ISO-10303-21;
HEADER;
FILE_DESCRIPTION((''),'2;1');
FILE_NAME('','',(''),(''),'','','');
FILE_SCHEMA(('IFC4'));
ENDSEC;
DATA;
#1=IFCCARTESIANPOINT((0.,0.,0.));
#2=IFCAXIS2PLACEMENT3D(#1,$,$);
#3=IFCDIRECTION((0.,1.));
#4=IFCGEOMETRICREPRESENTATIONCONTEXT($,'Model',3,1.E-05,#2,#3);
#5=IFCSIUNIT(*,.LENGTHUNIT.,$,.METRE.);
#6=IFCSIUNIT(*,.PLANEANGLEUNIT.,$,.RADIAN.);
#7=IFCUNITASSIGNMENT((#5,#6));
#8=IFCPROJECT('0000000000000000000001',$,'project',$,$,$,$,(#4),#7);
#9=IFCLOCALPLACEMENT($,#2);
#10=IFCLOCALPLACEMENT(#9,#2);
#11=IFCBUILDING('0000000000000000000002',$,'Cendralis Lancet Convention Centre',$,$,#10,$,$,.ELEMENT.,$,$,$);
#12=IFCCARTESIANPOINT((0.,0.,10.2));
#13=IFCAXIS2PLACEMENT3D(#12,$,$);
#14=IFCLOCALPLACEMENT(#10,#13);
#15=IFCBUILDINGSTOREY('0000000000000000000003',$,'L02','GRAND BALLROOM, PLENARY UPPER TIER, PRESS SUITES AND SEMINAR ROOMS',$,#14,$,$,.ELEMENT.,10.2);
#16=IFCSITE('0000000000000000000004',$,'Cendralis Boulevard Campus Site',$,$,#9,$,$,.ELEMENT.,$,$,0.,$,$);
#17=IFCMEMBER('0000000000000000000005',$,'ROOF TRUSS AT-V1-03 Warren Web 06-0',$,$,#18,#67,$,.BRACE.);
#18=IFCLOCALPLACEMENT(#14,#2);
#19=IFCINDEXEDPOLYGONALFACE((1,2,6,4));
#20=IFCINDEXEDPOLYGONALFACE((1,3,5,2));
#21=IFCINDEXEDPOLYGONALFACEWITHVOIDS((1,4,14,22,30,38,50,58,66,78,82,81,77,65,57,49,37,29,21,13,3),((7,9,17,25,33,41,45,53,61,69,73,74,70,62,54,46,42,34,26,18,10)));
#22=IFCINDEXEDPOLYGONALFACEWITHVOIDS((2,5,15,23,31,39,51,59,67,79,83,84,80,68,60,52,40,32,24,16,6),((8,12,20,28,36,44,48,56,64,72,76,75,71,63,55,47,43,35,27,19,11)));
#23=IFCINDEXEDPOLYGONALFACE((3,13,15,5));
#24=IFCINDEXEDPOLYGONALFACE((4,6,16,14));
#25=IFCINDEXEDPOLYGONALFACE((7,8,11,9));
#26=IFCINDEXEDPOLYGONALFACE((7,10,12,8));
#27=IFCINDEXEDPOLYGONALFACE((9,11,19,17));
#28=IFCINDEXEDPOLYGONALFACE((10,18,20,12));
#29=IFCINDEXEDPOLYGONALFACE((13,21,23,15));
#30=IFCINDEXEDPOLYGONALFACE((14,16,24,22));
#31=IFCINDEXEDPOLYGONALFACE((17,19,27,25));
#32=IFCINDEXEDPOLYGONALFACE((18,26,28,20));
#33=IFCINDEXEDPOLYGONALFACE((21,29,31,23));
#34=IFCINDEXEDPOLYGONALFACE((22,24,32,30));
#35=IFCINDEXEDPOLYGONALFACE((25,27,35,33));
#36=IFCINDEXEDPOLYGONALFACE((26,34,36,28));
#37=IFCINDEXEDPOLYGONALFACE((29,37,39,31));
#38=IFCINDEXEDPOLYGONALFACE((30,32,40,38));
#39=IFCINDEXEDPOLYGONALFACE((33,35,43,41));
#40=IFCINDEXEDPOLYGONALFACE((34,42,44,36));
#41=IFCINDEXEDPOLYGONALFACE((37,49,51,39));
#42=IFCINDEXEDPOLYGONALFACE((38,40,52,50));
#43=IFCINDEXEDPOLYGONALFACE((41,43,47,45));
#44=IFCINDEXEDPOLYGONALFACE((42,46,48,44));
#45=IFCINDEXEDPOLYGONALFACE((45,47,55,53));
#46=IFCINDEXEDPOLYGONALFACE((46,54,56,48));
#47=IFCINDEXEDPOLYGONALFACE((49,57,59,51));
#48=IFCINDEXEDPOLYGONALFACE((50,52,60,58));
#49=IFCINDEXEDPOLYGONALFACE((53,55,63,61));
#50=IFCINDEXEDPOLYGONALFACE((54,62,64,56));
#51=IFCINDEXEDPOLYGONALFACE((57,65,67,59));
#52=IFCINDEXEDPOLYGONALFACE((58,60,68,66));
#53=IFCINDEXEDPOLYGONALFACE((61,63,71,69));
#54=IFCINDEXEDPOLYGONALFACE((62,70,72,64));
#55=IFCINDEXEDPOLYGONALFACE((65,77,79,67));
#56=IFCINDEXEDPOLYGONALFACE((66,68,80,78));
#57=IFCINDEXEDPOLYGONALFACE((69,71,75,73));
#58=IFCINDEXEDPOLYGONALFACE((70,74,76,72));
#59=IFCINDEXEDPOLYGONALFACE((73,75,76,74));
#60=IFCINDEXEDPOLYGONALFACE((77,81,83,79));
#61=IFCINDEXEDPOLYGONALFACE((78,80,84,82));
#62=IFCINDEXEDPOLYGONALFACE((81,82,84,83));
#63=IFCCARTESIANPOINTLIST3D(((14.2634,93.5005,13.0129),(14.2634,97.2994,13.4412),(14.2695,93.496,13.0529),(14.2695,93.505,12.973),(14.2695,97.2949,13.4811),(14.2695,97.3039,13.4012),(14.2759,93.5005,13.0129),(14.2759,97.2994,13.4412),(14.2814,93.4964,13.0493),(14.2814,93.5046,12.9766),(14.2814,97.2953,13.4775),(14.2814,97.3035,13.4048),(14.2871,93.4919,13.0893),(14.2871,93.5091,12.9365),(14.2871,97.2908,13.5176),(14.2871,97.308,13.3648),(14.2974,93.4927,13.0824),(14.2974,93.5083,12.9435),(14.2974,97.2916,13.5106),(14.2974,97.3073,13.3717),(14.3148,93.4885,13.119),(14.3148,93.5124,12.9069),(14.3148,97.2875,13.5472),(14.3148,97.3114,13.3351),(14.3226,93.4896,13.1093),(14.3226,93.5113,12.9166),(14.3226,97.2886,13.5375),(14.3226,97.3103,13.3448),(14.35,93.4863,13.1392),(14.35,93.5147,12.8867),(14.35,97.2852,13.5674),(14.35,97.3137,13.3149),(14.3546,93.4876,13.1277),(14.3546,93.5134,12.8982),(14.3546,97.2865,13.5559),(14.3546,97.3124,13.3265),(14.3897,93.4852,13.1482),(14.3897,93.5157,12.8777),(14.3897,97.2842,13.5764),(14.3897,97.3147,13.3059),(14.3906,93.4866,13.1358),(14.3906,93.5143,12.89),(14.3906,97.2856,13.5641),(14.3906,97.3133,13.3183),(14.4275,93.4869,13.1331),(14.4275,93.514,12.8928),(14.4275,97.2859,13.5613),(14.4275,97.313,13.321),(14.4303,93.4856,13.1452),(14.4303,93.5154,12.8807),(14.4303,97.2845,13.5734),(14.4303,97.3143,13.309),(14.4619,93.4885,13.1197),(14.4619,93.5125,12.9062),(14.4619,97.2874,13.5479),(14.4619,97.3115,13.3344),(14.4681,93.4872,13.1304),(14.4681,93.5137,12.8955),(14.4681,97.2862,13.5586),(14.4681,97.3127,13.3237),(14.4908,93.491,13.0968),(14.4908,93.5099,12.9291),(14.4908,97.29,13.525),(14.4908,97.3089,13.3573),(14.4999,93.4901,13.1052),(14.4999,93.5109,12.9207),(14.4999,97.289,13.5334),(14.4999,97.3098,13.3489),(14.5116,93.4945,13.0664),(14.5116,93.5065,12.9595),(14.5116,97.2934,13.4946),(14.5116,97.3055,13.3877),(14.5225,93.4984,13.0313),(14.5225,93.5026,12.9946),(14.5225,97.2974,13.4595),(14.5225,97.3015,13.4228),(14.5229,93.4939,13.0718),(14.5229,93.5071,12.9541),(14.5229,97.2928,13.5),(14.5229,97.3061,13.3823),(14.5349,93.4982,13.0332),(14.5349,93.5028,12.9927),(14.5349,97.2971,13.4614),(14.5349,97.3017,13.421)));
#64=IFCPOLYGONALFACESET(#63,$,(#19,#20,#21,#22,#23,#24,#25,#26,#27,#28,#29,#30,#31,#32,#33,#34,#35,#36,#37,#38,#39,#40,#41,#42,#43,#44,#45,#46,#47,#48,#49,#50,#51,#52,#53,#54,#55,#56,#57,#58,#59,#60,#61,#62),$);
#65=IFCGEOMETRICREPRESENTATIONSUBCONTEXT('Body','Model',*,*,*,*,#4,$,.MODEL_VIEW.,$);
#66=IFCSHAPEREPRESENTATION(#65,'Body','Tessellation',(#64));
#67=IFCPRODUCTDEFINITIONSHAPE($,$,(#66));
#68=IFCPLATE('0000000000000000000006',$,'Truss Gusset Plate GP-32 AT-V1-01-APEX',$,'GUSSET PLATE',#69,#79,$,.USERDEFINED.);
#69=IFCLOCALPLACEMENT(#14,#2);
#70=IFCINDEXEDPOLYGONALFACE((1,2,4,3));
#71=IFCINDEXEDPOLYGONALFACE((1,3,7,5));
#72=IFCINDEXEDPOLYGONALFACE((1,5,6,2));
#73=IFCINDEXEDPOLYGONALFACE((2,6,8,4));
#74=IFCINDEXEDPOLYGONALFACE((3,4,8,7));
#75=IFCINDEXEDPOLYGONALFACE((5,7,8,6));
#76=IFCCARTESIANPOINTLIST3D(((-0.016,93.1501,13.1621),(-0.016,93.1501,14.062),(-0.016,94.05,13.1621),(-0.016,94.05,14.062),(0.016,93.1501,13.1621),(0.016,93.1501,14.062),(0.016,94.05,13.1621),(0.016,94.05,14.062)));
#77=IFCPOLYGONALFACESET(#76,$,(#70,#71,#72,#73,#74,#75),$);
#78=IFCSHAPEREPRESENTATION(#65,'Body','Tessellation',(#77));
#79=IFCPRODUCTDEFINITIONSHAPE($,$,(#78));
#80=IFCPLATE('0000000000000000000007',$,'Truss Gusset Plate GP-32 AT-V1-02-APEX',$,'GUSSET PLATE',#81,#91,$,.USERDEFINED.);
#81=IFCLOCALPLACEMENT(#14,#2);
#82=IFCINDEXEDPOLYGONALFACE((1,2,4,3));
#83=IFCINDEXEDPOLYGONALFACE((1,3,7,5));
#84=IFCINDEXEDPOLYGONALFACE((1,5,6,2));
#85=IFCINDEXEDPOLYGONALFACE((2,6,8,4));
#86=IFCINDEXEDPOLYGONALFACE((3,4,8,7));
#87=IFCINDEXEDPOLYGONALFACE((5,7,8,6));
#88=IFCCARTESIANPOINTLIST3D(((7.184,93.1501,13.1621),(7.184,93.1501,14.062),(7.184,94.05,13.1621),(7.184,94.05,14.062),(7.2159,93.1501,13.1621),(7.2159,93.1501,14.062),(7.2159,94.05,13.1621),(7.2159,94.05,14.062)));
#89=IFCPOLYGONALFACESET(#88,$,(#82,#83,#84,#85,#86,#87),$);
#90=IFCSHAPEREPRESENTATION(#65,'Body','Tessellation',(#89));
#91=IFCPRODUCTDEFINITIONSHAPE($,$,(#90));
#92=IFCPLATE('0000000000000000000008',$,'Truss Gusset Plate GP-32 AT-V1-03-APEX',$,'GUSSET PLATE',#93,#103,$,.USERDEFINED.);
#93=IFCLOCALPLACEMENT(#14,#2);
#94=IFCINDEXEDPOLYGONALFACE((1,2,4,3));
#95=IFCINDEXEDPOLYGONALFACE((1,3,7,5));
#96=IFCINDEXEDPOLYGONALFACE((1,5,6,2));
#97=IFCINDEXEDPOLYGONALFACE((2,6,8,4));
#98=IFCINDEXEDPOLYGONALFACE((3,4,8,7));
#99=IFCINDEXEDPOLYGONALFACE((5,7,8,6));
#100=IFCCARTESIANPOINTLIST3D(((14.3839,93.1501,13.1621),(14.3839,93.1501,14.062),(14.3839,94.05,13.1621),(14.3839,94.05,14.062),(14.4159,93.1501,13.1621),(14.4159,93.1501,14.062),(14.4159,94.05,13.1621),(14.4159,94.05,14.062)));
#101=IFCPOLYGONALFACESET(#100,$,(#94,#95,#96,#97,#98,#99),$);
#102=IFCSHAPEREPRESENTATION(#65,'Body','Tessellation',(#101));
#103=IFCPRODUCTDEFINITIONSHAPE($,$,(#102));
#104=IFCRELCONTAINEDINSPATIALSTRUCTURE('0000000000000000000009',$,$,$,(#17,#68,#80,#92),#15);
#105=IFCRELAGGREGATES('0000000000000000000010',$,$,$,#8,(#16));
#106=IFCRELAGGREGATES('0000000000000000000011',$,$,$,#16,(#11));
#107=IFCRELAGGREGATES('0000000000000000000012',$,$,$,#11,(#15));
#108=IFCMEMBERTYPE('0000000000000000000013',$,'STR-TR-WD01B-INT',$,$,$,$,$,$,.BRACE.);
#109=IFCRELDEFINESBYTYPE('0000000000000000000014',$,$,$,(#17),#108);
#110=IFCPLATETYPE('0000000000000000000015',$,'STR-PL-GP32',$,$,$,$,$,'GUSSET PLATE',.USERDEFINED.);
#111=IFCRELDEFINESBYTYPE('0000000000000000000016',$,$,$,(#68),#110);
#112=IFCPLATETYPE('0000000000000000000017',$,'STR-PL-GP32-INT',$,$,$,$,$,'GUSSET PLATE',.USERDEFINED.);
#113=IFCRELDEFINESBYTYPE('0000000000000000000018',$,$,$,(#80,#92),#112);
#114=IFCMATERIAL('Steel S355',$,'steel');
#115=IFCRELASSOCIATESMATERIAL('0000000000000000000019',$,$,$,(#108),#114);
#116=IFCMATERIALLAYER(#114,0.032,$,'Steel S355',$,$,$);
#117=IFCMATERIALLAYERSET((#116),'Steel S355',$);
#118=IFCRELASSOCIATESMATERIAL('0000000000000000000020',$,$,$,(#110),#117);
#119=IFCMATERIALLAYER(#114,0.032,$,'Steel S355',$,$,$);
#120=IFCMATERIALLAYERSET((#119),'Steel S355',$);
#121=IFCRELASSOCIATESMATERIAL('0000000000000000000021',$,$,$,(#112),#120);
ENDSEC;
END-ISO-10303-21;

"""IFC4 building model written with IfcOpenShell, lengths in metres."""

from ifc_helpers import new_model, si_unit, direction, frame, origin, origin_2d, place, context, subcontext, project, spatial, rectangle, hollow_circle, extrude, material, layer, layer_set, material_profile, profile_set, type_object, element, save


model = new_model("IFC4")

# Units and contexts
model_context = context("Model", 3, precision=1e-05, world=origin(), true_north=direction((0.0, 1.0)))
body_context = subcontext(model_context, "Body", "Model", "MODEL_VIEW")
ifc_project = project(units=[si_unit("LENGTHUNIT", "METRE"), si_unit("PLANEANGLEUNIT", "RADIAN")], contexts=[model_context])

# Site, building, storey
site_placement = place(None, origin())
site = spatial("IfcSite", under=ifc_project, at=site_placement, Name="Cendralis Boulevard Campus Site", CompositionType="ELEMENT", RefElevation=0.0)
building_placement = place(site_placement, origin())
building = spatial("IfcBuilding", under=site, at=building_placement, Name="Cendralis Lancet Convention Centre", CompositionType="ELEMENT")
storey_placement = place(building_placement, frame((0.0, 0.0, 10.2)))
storey = spatial("IfcBuildingStorey", under=building, at=storey_placement, Name="L02", Description="GRAND BALLROOM, PLENARY UPPER TIER, PRESS SUITES AND SEMINAR ROOMS", CompositionType="ELEMENT", Elevation=10.2)

# Member
ifc_material = material(Name="Steel S355", Category="steel")
ifc_material_profile_1 = material_profile(ifc_material, hollow_circle(Radius=0.1365, WallThickness=0.0125, at=origin_2d()), Name="CHS 273.0x12.5")
ifc_profile_set_1 = profile_set([ifc_material_profile_1], Name="Steel S355")
member_type_1 = type_object("IfcMemberType", Name="STR-TR-WD01B-INT", PredefinedType="BRACE", material=ifc_profile_set_1)
for number, where, z_axis, x_axis, name in (
    (1, (14.3999, 93.5005, 13.0129), (0.0, 0.993706, 0.112015), (-1.0, 0.0, 0.0), "ROOF TRUSS AT-V1-03 Warren Web 06-0"),
):
    element("IfcMember", number, at=place(storey_placement, frame(where, z_axis=z_axis, x_axis=x_axis)), inside=storey, type_object=member_type_1, Name=name, PredefinedType="BRACE", context=body_context, shape_type="SweptSolid", body=[
        extrude(hollow_circle(Radius=0.1365, WallThickness=0.0125, at=origin_2d()), origin(), (0.0, 0.0, 1.0), 3.823),
    ])

# Plates
ifc_layer_1 = layer(ifc_material, 0.032, Name="Steel S355")
ifc_layer_set_1 = layer_set([ifc_layer_1], Name="Steel S355")
plate_type_1 = type_object("IfcPlateType", Name="STR-PL-GP32", ElementType="GUSSET PLATE", PredefinedType="USERDEFINED", material=ifc_layer_set_1)
plate_placement = place(storey_placement, frame((0.0, 93.6001, 13.1621), z_axis=(0.0, 0.0, 1.0), x_axis=(0.0, 1.0, 0.0)))
element("IfcPlate", 2, at=plate_placement, inside=storey, type_object=plate_type_1, Name="Truss Gusset Plate GP-32 AT-V1-01-APEX", ObjectType="GUSSET PLATE", PredefinedType="USERDEFINED", context=body_context, shape_type="SweptSolid", body=[
    extrude(rectangle(XDim=0.8999, YDim=0.032, at=origin_2d()), origin(), (0.0, 0.0, 1.0), 0.8999),
])
ifc_layer_2 = layer(ifc_material, 0.032, Name="Steel S355")
ifc_layer_set_2 = layer_set([ifc_layer_2], Name="Steel S355")
plate_type_2 = type_object("IfcPlateType", Name="STR-PL-GP32-INT", ElementType="GUSSET PLATE", PredefinedType="USERDEFINED", material=ifc_layer_set_2)
for number, where, z_axis, x_axis, name in (
    (3, (7.2, 93.6001, 13.1621), (0.0, 0.0, 1.0), (0.0, 1.0, 0.0), "Truss Gusset Plate GP-32 AT-V1-02-APEX"),
    (4, (14.3999, 93.6001, 13.1621), (0.0, 0.0, 1.0), (0.0, 1.0, 0.0), "Truss Gusset Plate GP-32 AT-V1-03-APEX"),
):
    element("IfcPlate", number, at=place(storey_placement, frame(where, z_axis=z_axis, x_axis=x_axis)), inside=storey, type_object=plate_type_2, Name=name, ObjectType="GUSSET PLATE", PredefinedType="USERDEFINED", context=body_context, shape_type="SweptSolid", body=[
        extrude(rectangle(XDim=0.8999, YDim=0.032, at=origin_2d()), origin(), (0.0, 0.0, 1.0), 0.8999),
    ])

save(model, "model.ifc")
